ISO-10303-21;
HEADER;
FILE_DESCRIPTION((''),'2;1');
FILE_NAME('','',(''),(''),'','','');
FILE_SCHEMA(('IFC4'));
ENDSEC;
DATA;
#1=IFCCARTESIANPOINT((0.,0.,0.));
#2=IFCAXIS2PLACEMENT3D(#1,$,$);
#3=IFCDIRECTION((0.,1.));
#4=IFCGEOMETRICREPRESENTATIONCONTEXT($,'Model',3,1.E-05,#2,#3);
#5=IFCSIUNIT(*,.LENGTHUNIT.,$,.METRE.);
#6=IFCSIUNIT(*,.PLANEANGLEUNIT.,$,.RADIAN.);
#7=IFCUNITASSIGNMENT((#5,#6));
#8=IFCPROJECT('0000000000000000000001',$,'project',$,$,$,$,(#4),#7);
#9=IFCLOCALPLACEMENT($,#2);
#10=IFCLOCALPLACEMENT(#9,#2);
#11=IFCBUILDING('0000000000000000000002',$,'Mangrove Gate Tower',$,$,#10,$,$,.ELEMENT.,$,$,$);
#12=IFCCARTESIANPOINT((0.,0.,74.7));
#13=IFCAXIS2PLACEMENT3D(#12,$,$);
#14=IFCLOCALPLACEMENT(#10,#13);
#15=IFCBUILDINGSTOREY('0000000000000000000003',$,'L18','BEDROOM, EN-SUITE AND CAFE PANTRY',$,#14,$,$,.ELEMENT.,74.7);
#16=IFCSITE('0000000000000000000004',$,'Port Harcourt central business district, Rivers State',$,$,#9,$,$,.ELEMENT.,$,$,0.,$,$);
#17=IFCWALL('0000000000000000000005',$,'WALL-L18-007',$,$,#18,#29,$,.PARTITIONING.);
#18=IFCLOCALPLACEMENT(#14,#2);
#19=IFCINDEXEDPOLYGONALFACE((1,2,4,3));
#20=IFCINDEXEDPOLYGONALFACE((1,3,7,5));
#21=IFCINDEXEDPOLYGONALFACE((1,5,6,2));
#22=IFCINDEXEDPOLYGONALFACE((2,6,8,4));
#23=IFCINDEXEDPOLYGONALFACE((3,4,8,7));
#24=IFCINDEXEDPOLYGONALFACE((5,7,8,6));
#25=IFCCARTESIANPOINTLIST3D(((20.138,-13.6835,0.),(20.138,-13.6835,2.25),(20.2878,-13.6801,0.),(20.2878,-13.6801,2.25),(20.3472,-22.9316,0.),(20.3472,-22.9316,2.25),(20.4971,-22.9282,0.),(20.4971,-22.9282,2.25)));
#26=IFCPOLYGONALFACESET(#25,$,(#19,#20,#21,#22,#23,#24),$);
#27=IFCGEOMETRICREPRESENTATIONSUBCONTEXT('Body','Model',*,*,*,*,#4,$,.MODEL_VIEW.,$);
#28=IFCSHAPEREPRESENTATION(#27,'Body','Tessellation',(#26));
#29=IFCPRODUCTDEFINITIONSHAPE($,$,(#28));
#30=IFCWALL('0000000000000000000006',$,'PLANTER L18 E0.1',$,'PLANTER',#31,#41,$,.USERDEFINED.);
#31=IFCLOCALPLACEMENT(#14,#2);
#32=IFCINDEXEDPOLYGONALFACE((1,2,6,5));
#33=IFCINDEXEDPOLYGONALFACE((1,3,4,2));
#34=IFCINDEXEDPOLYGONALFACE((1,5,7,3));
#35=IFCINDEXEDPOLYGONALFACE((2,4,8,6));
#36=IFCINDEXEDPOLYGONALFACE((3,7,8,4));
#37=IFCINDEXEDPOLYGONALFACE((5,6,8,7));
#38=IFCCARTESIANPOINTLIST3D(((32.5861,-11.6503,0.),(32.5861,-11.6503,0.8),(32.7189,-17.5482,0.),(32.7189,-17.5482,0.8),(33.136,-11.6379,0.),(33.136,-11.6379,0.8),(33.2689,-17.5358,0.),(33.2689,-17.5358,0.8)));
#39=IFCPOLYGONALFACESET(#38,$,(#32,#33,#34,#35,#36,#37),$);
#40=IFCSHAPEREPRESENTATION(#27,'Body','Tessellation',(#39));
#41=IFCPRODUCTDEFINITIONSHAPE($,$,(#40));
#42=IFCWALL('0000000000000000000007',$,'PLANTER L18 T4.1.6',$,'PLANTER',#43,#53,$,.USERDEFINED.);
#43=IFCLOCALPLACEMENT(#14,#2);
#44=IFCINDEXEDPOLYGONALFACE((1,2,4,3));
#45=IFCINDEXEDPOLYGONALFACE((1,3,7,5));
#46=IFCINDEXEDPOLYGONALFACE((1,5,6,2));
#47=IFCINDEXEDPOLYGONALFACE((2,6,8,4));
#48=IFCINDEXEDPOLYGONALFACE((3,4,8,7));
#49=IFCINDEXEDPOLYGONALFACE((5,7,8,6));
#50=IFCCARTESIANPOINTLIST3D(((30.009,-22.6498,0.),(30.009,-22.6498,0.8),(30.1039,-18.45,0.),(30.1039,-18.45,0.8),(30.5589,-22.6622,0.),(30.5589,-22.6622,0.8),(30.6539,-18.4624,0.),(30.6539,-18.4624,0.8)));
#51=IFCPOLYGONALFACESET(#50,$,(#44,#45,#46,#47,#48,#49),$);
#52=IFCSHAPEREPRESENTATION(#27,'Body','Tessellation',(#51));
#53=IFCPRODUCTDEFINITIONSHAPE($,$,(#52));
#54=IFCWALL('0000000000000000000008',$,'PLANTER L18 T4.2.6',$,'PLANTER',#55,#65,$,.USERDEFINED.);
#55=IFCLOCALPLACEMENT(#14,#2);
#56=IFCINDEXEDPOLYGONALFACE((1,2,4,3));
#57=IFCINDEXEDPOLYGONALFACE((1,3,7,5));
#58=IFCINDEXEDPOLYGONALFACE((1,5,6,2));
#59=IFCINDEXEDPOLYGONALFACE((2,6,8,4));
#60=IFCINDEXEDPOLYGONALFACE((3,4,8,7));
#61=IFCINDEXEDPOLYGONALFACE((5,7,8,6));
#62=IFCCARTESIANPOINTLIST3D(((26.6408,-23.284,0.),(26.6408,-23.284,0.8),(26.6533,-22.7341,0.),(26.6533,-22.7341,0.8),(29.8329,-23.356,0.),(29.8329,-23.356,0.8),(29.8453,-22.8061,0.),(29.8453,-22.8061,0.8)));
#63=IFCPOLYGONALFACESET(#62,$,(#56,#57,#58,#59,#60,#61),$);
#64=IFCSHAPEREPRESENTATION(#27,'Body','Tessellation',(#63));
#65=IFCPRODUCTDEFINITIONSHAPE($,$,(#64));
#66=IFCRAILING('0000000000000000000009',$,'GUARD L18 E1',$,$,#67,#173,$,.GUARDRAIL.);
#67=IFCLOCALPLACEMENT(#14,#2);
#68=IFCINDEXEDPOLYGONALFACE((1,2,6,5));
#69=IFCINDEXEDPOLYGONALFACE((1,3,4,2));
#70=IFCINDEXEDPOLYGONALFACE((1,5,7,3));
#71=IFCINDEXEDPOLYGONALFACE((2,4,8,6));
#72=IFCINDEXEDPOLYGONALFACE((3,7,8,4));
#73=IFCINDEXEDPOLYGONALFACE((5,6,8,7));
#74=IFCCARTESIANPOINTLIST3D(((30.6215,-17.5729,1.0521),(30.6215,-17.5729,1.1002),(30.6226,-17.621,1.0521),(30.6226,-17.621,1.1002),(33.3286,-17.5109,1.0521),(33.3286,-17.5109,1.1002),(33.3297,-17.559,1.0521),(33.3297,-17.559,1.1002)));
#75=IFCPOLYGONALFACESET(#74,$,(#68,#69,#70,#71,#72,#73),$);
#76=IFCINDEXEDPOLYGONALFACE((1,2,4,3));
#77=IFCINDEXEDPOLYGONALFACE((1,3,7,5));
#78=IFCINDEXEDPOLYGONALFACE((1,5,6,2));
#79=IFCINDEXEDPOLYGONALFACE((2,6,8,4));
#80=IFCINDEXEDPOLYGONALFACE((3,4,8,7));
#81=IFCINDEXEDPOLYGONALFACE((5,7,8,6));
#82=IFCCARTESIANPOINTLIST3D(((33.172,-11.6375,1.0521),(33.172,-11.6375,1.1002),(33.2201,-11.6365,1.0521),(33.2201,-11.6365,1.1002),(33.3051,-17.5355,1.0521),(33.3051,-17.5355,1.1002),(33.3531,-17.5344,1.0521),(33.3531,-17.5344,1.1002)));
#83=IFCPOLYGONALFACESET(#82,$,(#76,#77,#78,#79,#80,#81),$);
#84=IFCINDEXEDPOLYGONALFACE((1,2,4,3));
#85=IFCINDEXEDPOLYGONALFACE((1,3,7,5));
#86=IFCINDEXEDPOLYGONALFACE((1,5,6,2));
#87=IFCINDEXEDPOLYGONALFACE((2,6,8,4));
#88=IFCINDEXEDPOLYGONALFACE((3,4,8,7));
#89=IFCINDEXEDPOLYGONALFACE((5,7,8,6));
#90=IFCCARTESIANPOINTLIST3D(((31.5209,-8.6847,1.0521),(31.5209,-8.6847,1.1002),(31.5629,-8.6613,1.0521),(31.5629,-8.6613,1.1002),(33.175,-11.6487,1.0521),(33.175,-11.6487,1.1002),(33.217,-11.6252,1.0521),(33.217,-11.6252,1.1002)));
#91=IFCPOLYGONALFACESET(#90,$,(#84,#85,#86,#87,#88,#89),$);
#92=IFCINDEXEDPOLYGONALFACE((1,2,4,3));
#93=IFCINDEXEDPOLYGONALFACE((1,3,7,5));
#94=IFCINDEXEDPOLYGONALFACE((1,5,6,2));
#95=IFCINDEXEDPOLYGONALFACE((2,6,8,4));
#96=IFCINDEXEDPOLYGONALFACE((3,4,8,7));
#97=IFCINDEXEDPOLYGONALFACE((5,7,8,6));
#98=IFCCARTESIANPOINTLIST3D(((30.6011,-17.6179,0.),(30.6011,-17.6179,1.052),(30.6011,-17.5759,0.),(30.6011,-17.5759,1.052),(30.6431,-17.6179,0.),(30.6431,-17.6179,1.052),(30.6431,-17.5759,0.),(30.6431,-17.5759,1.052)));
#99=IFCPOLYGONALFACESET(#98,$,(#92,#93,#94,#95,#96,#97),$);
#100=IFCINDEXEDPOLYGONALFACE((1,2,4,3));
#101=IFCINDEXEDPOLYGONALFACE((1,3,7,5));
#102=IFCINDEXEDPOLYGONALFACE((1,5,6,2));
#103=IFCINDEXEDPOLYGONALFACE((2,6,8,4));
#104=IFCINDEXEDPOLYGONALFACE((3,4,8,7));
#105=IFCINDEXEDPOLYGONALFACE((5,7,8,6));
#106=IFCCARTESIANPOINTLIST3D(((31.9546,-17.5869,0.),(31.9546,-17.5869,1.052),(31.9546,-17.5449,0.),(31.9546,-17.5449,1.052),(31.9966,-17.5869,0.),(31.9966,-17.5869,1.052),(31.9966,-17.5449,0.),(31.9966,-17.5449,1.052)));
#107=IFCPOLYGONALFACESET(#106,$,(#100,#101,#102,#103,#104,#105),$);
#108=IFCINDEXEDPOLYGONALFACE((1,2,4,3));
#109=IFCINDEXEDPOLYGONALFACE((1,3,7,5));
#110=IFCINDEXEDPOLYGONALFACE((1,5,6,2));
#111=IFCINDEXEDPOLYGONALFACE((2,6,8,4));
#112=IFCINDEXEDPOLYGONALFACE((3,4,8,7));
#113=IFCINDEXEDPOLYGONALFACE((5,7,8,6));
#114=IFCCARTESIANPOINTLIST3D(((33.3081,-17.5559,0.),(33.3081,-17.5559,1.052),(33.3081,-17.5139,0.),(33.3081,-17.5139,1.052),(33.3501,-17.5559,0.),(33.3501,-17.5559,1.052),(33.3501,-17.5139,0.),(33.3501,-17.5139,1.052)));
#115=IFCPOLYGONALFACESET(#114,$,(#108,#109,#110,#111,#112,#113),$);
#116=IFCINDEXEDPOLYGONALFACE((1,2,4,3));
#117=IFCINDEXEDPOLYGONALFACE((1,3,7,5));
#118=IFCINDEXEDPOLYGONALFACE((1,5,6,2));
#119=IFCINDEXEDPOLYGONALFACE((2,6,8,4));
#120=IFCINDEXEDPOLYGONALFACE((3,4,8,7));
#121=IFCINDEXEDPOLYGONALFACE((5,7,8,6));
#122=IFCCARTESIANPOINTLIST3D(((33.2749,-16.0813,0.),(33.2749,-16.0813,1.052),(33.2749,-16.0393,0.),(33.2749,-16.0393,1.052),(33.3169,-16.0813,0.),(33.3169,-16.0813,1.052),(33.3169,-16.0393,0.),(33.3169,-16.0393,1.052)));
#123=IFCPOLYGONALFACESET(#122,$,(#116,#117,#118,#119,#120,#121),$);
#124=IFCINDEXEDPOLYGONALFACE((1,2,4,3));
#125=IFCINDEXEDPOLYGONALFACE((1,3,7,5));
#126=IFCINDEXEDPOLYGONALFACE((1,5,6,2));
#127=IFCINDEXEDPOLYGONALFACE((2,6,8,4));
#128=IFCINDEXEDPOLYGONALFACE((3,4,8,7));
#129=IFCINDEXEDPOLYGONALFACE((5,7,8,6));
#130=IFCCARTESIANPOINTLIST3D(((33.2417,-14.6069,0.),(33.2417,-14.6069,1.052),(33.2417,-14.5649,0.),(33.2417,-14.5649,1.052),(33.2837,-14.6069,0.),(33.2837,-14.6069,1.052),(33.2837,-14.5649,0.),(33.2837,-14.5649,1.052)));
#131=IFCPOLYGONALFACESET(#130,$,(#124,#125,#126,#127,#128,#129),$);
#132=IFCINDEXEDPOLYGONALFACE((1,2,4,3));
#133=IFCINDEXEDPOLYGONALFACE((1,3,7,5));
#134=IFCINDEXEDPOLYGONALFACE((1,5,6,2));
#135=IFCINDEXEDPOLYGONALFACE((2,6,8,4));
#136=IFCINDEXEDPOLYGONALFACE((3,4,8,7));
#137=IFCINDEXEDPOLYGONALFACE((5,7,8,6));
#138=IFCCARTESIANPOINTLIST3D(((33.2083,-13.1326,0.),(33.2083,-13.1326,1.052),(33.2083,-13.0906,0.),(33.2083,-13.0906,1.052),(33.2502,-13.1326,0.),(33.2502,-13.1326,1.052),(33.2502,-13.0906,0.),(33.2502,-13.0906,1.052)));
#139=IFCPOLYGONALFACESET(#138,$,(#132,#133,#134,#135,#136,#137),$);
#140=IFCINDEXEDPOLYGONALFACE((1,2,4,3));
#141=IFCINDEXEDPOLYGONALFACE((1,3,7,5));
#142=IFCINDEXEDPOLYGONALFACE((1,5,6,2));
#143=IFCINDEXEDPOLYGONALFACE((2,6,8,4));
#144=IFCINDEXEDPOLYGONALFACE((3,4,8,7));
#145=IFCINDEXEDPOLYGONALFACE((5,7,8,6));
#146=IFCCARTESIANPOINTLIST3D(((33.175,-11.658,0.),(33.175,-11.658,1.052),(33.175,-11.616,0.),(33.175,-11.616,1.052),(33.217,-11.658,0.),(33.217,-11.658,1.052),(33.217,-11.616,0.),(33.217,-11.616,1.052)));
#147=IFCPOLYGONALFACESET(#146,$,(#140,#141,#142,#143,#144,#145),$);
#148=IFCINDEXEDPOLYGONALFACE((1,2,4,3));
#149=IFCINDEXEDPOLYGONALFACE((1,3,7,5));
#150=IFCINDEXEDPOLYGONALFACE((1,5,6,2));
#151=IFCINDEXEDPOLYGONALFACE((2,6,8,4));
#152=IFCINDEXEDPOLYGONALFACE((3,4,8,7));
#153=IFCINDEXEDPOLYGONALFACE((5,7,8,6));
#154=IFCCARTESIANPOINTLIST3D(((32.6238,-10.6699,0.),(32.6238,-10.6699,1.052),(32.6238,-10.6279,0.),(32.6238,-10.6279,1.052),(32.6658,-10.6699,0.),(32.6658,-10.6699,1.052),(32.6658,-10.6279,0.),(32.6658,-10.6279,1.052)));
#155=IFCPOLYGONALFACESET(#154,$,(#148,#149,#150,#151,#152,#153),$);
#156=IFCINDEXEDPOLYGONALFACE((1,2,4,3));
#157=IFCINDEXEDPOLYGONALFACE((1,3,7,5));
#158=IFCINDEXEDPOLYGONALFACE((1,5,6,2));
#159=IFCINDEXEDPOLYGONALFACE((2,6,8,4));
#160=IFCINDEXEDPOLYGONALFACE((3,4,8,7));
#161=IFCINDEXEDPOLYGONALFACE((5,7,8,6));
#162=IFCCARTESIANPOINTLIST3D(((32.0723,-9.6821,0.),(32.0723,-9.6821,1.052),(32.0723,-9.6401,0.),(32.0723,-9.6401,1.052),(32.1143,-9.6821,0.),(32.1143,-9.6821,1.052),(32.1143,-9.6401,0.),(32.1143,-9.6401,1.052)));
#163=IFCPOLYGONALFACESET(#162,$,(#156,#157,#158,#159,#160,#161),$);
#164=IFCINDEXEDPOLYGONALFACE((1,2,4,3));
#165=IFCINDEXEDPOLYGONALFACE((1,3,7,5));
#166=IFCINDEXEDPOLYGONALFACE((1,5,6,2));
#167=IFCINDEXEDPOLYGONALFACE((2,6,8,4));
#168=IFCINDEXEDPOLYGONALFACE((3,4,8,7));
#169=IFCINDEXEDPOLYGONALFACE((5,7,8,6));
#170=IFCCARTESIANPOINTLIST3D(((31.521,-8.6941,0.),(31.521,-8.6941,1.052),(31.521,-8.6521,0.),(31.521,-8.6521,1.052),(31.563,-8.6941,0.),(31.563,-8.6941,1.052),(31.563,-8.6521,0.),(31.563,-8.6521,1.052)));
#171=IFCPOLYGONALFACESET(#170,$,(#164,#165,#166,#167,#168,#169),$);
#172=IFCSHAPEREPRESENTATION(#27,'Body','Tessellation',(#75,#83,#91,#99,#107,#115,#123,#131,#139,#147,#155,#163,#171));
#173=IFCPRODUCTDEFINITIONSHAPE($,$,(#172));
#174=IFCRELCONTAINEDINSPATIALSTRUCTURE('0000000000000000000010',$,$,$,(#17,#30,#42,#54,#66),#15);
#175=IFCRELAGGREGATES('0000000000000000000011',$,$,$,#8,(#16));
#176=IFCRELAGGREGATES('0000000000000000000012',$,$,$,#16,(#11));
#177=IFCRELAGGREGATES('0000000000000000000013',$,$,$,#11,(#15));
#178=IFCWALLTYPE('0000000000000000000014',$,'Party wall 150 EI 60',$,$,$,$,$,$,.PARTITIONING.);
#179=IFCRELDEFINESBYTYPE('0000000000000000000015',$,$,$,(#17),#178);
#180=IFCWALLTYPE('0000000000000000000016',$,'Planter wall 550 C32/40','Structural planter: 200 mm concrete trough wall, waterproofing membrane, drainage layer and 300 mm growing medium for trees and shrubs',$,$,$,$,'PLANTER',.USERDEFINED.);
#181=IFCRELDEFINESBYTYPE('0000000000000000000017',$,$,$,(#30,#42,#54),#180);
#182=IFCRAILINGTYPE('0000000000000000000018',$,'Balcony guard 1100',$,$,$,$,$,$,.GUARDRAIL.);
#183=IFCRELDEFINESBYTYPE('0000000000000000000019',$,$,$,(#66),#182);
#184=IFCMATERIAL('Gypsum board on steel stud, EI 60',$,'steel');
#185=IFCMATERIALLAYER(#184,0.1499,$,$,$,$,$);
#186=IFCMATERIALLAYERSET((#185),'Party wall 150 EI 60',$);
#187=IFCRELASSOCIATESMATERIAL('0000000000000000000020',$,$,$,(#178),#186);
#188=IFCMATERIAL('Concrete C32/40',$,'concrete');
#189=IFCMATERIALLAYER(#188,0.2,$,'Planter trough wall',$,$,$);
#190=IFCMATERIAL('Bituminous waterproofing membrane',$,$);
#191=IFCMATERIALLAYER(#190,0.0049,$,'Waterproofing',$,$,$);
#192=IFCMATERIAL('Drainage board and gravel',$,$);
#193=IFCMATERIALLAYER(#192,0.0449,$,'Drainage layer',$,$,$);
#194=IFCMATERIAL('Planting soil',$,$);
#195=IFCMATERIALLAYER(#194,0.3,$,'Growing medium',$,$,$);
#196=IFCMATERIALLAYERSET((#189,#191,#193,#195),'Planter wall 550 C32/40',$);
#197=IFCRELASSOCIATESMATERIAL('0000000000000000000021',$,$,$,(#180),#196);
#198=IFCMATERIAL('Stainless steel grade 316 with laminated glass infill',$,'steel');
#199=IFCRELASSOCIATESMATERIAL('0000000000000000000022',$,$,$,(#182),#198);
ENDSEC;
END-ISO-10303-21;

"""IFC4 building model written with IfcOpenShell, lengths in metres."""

from ifc_helpers import new_model, si_unit, direction, frame, frame_2d, origin, origin_2d, place, context, subcontext, project, spatial, rectangle, extrude, material, layer, layer_set, type_object, element, save


model = new_model("IFC4")

# Units and contexts
model_context = context("Model", 3, precision=1e-05, world=origin(), true_north=direction((0.0, 1.0)))
body_context = subcontext(model_context, "Body", "Model", "MODEL_VIEW")
ifc_project = project(units=[si_unit("LENGTHUNIT", "METRE"), si_unit("PLANEANGLEUNIT", "RADIAN")], contexts=[model_context])

# Site, building, storey
site_placement = place(None, origin())
site = spatial("IfcSite", under=ifc_project, at=site_placement, Name="Port Harcourt central business district, Rivers State", CompositionType="ELEMENT", RefElevation=0.0)
building_placement = place(site_placement, origin())
building = spatial("IfcBuilding", under=site, at=building_placement, Name="Mangrove Gate Tower", CompositionType="ELEMENT")
storey_placement = place(building_placement, frame((0.0, 0.0, 74.7)))
storey = spatial("IfcBuildingStorey", under=building, at=storey_placement, Name="L18", Description="BEDROOM, EN-SUITE AND CAFE PANTRY", CompositionType="ELEMENT", Elevation=74.7)

# Walls
ifc_material_1 = material(Name="Gypsum board on steel stud, EI 60", Category="steel")
ifc_layer_1 = layer(ifc_material_1, 0.1499)
ifc_layer_set_1 = layer_set([ifc_layer_1], Name="Party wall 150 EI 60")
wall_type_1 = type_object("IfcWallType", Name="Party wall 150 EI 60", PredefinedType="PARTITIONING", material=ifc_layer_set_1)
wall_1_placement = place(storey_placement, frame((20.4221, -22.9299, 0.0), z_axis=(0.0, 0.0, 1.0), x_axis=(-0.022618, 0.999744, 0.0)))
element("IfcWall", 1, at=wall_1_placement, inside=storey, type_object=wall_type_1, Name="WALL-L18-007", PredefinedType="PARTITIONING", context=body_context, shape_type="SweptSolid", body=[
    extrude(rectangle(XDim=9.2505, YDim=0.1499, at=frame_2d((4.6252, 0.0))), origin(), (0.0, 0.0, 1.0), 2.25),
])
ifc_material_2 = material(Name="Concrete C32/40", Category="concrete")
ifc_layer_2 = layer(ifc_material_2, 0.2, Name="Planter trough wall")
ifc_material_3 = material(Name="Bituminous waterproofing membrane")
ifc_layer_3 = layer(ifc_material_3, 0.0049, Name="Waterproofing")
ifc_material_4 = material(Name="Drainage board and gravel")
ifc_layer_4 = layer(ifc_material_4, 0.0449, Name="Drainage layer")
ifc_material_5 = material(Name="Planting soil")
ifc_layer_5 = layer(ifc_material_5, 0.3, Name="Growing medium")
ifc_layer_set_2 = layer_set([ifc_layer_2, ifc_layer_3, ifc_layer_4, ifc_layer_5], Name="Planter wall 550 C32/40")
wall_type_2 = type_object("IfcWallType", Name="Planter wall 550 C32/40", Description="Structural planter: 200 mm concrete trough wall, waterproofing membrane, drainage layer and 300 mm growing medium for trees and shrubs", ElementType="PLANTER", PredefinedType="USERDEFINED", material=ifc_layer_set_2)
wall_2_placement = place(storey_placement, frame((32.9939, -17.542, 0.0), z_axis=(0.0, 0.0, 1.0), x_axis=(-0.022513, 0.999747, 0.0)))
element("IfcWall", 2, at=wall_2_placement, inside=storey, type_object=wall_type_2, Name="PLANTER L18 E0.1", ObjectType="PLANTER", PredefinedType="USERDEFINED", context=body_context, shape_type="SweptSolid", body=[
    extrude(rectangle(XDim=5.8994, YDim=0.55, at=frame_2d((2.9497, 0.0))), origin(), (0.0, 0.0, 1.0), 0.8),
])
wall_3_placement = place(storey_placement, frame((30.3789, -18.4561, 0.0), z_axis=(0.0, 0.0, 1.0), x_axis=(-0.022607, -0.999744, 0.0)))
element("IfcWall", 3, at=wall_3_placement, inside=storey, type_object=wall_type_2, Name="PLANTER L18 T4.1.6", ObjectType="PLANTER", PredefinedType="USERDEFINED", context=body_context, shape_type="SweptSolid", body=[
    extrude(rectangle(XDim=4.2009, YDim=0.55, at=frame_2d((2.1006, 0.0))), origin(), (0.0, 0.0, 1.0), 0.8),
])
wall_4_placement = place(storey_placement, frame((29.8391, -23.0811, 0.0), z_axis=(0.0, 0.0, 1.0), x_axis=(-0.999746, 0.022556, 0.0)))
element("IfcWall", 4, at=wall_4_placement, inside=storey, type_object=wall_type_2, Name="PLANTER L18 T4.2.6", ObjectType="PLANTER", PredefinedType="USERDEFINED", context=body_context, shape_type="SweptSolid", body=[
    extrude(rectangle(XDim=3.1929, YDim=0.55, at=frame_2d((1.5964, 0.0))), origin(), (0.0, 0.0, 1.0), 0.8),
])

# Railing
ifc_material_6 = material(Name="Stainless steel grade 316 with laminated glass infill", Category="steel")
railing_type = type_object("IfcRailingType", Name="Balcony guard 1100", PredefinedType="GUARDRAIL", material=ifc_material_6)
railing_1_placement = place(storey_placement, frame((30.6221, -17.5969, 0.0)))
element("IfcRailing", 5, at=railing_1_placement, inside=storey, type_object=railing_type, Name="GUARD L18 E1", PredefinedType="GUARDRAIL", context=body_context, shape_type="SweptSolid", body=[
    extrude(rectangle(XDim=0.0481, YDim=0.0481, at=origin_2d()), frame((0.0, 0.0, 1.0762), z_axis=(0.999738, 0.022902, 0.0), x_axis=(-0.022902, 0.999738, 0.0)), (0.0, 0.0, 1.0), 2.7078),
    extrude(rectangle(XDim=0.0481, YDim=0.0481, at=origin_2d()), frame((2.707, 0.062, 1.0762), z_axis=(-0.022554, 0.999746, 0.0), x_axis=(-0.999746, -0.022554, 0.0)), (0.0, 0.0, 1.0), 5.8994),
    extrude(rectangle(XDim=0.0481, YDim=0.0481, at=origin_2d()), frame((2.574, 5.96, 1.0762), z_axis=(-0.487322, 0.873223, 0.0), x_axis=(-0.873223, -0.487322, 0.0)), (0.0, 0.0, 1.0), 3.3943),
    extrude(rectangle(XDim=0.042, YDim=0.042, at=origin_2d()), origin(), (0.0, 0.0, 1.0), 1.052),
    extrude(rectangle(XDim=0.042, YDim=0.042, at=origin_2d()), frame((1.3535, 0.031, 0.0)), (0.0, 0.0, 1.0), 1.052),
    extrude(rectangle(XDim=0.042, YDim=0.042, at=origin_2d()), frame((2.707, 0.062, 0.0)), (0.0, 0.0, 1.0), 1.052),
    extrude(rectangle(XDim=0.042, YDim=0.042, at=origin_2d()), frame((2.6738, 1.5366, 0.0)), (0.0, 0.0, 1.0), 1.052),
    extrude(rectangle(XDim=0.042, YDim=0.042, at=origin_2d()), frame((2.6406, 3.011, 0.0)), (0.0, 0.0, 1.0), 1.052),
    extrude(rectangle(XDim=0.042, YDim=0.042, at=origin_2d()), frame((2.6072, 4.4854, 0.0)), (0.0, 0.0, 1.0), 1.052),
    extrude(rectangle(XDim=0.042, YDim=0.042, at=origin_2d()), frame((2.574, 5.96, 0.0)), (0.0, 0.0, 1.0), 1.052),
    extrude(rectangle(XDim=0.042, YDim=0.042, at=origin_2d()), frame((2.0227, 6.948, 0.0)), (0.0, 0.0, 1.0), 1.052),
    extrude(rectangle(XDim=0.042, YDim=0.042, at=origin_2d()), frame((1.4712, 7.9358, 0.0)), (0.0, 0.0, 1.0), 1.052),
    extrude(rectangle(XDim=0.042, YDim=0.042, at=origin_2d()), frame((0.9199, 8.9238, 0.0)), (0.0, 0.0, 1.0), 1.052),
])

save(model, "model.ifc")
